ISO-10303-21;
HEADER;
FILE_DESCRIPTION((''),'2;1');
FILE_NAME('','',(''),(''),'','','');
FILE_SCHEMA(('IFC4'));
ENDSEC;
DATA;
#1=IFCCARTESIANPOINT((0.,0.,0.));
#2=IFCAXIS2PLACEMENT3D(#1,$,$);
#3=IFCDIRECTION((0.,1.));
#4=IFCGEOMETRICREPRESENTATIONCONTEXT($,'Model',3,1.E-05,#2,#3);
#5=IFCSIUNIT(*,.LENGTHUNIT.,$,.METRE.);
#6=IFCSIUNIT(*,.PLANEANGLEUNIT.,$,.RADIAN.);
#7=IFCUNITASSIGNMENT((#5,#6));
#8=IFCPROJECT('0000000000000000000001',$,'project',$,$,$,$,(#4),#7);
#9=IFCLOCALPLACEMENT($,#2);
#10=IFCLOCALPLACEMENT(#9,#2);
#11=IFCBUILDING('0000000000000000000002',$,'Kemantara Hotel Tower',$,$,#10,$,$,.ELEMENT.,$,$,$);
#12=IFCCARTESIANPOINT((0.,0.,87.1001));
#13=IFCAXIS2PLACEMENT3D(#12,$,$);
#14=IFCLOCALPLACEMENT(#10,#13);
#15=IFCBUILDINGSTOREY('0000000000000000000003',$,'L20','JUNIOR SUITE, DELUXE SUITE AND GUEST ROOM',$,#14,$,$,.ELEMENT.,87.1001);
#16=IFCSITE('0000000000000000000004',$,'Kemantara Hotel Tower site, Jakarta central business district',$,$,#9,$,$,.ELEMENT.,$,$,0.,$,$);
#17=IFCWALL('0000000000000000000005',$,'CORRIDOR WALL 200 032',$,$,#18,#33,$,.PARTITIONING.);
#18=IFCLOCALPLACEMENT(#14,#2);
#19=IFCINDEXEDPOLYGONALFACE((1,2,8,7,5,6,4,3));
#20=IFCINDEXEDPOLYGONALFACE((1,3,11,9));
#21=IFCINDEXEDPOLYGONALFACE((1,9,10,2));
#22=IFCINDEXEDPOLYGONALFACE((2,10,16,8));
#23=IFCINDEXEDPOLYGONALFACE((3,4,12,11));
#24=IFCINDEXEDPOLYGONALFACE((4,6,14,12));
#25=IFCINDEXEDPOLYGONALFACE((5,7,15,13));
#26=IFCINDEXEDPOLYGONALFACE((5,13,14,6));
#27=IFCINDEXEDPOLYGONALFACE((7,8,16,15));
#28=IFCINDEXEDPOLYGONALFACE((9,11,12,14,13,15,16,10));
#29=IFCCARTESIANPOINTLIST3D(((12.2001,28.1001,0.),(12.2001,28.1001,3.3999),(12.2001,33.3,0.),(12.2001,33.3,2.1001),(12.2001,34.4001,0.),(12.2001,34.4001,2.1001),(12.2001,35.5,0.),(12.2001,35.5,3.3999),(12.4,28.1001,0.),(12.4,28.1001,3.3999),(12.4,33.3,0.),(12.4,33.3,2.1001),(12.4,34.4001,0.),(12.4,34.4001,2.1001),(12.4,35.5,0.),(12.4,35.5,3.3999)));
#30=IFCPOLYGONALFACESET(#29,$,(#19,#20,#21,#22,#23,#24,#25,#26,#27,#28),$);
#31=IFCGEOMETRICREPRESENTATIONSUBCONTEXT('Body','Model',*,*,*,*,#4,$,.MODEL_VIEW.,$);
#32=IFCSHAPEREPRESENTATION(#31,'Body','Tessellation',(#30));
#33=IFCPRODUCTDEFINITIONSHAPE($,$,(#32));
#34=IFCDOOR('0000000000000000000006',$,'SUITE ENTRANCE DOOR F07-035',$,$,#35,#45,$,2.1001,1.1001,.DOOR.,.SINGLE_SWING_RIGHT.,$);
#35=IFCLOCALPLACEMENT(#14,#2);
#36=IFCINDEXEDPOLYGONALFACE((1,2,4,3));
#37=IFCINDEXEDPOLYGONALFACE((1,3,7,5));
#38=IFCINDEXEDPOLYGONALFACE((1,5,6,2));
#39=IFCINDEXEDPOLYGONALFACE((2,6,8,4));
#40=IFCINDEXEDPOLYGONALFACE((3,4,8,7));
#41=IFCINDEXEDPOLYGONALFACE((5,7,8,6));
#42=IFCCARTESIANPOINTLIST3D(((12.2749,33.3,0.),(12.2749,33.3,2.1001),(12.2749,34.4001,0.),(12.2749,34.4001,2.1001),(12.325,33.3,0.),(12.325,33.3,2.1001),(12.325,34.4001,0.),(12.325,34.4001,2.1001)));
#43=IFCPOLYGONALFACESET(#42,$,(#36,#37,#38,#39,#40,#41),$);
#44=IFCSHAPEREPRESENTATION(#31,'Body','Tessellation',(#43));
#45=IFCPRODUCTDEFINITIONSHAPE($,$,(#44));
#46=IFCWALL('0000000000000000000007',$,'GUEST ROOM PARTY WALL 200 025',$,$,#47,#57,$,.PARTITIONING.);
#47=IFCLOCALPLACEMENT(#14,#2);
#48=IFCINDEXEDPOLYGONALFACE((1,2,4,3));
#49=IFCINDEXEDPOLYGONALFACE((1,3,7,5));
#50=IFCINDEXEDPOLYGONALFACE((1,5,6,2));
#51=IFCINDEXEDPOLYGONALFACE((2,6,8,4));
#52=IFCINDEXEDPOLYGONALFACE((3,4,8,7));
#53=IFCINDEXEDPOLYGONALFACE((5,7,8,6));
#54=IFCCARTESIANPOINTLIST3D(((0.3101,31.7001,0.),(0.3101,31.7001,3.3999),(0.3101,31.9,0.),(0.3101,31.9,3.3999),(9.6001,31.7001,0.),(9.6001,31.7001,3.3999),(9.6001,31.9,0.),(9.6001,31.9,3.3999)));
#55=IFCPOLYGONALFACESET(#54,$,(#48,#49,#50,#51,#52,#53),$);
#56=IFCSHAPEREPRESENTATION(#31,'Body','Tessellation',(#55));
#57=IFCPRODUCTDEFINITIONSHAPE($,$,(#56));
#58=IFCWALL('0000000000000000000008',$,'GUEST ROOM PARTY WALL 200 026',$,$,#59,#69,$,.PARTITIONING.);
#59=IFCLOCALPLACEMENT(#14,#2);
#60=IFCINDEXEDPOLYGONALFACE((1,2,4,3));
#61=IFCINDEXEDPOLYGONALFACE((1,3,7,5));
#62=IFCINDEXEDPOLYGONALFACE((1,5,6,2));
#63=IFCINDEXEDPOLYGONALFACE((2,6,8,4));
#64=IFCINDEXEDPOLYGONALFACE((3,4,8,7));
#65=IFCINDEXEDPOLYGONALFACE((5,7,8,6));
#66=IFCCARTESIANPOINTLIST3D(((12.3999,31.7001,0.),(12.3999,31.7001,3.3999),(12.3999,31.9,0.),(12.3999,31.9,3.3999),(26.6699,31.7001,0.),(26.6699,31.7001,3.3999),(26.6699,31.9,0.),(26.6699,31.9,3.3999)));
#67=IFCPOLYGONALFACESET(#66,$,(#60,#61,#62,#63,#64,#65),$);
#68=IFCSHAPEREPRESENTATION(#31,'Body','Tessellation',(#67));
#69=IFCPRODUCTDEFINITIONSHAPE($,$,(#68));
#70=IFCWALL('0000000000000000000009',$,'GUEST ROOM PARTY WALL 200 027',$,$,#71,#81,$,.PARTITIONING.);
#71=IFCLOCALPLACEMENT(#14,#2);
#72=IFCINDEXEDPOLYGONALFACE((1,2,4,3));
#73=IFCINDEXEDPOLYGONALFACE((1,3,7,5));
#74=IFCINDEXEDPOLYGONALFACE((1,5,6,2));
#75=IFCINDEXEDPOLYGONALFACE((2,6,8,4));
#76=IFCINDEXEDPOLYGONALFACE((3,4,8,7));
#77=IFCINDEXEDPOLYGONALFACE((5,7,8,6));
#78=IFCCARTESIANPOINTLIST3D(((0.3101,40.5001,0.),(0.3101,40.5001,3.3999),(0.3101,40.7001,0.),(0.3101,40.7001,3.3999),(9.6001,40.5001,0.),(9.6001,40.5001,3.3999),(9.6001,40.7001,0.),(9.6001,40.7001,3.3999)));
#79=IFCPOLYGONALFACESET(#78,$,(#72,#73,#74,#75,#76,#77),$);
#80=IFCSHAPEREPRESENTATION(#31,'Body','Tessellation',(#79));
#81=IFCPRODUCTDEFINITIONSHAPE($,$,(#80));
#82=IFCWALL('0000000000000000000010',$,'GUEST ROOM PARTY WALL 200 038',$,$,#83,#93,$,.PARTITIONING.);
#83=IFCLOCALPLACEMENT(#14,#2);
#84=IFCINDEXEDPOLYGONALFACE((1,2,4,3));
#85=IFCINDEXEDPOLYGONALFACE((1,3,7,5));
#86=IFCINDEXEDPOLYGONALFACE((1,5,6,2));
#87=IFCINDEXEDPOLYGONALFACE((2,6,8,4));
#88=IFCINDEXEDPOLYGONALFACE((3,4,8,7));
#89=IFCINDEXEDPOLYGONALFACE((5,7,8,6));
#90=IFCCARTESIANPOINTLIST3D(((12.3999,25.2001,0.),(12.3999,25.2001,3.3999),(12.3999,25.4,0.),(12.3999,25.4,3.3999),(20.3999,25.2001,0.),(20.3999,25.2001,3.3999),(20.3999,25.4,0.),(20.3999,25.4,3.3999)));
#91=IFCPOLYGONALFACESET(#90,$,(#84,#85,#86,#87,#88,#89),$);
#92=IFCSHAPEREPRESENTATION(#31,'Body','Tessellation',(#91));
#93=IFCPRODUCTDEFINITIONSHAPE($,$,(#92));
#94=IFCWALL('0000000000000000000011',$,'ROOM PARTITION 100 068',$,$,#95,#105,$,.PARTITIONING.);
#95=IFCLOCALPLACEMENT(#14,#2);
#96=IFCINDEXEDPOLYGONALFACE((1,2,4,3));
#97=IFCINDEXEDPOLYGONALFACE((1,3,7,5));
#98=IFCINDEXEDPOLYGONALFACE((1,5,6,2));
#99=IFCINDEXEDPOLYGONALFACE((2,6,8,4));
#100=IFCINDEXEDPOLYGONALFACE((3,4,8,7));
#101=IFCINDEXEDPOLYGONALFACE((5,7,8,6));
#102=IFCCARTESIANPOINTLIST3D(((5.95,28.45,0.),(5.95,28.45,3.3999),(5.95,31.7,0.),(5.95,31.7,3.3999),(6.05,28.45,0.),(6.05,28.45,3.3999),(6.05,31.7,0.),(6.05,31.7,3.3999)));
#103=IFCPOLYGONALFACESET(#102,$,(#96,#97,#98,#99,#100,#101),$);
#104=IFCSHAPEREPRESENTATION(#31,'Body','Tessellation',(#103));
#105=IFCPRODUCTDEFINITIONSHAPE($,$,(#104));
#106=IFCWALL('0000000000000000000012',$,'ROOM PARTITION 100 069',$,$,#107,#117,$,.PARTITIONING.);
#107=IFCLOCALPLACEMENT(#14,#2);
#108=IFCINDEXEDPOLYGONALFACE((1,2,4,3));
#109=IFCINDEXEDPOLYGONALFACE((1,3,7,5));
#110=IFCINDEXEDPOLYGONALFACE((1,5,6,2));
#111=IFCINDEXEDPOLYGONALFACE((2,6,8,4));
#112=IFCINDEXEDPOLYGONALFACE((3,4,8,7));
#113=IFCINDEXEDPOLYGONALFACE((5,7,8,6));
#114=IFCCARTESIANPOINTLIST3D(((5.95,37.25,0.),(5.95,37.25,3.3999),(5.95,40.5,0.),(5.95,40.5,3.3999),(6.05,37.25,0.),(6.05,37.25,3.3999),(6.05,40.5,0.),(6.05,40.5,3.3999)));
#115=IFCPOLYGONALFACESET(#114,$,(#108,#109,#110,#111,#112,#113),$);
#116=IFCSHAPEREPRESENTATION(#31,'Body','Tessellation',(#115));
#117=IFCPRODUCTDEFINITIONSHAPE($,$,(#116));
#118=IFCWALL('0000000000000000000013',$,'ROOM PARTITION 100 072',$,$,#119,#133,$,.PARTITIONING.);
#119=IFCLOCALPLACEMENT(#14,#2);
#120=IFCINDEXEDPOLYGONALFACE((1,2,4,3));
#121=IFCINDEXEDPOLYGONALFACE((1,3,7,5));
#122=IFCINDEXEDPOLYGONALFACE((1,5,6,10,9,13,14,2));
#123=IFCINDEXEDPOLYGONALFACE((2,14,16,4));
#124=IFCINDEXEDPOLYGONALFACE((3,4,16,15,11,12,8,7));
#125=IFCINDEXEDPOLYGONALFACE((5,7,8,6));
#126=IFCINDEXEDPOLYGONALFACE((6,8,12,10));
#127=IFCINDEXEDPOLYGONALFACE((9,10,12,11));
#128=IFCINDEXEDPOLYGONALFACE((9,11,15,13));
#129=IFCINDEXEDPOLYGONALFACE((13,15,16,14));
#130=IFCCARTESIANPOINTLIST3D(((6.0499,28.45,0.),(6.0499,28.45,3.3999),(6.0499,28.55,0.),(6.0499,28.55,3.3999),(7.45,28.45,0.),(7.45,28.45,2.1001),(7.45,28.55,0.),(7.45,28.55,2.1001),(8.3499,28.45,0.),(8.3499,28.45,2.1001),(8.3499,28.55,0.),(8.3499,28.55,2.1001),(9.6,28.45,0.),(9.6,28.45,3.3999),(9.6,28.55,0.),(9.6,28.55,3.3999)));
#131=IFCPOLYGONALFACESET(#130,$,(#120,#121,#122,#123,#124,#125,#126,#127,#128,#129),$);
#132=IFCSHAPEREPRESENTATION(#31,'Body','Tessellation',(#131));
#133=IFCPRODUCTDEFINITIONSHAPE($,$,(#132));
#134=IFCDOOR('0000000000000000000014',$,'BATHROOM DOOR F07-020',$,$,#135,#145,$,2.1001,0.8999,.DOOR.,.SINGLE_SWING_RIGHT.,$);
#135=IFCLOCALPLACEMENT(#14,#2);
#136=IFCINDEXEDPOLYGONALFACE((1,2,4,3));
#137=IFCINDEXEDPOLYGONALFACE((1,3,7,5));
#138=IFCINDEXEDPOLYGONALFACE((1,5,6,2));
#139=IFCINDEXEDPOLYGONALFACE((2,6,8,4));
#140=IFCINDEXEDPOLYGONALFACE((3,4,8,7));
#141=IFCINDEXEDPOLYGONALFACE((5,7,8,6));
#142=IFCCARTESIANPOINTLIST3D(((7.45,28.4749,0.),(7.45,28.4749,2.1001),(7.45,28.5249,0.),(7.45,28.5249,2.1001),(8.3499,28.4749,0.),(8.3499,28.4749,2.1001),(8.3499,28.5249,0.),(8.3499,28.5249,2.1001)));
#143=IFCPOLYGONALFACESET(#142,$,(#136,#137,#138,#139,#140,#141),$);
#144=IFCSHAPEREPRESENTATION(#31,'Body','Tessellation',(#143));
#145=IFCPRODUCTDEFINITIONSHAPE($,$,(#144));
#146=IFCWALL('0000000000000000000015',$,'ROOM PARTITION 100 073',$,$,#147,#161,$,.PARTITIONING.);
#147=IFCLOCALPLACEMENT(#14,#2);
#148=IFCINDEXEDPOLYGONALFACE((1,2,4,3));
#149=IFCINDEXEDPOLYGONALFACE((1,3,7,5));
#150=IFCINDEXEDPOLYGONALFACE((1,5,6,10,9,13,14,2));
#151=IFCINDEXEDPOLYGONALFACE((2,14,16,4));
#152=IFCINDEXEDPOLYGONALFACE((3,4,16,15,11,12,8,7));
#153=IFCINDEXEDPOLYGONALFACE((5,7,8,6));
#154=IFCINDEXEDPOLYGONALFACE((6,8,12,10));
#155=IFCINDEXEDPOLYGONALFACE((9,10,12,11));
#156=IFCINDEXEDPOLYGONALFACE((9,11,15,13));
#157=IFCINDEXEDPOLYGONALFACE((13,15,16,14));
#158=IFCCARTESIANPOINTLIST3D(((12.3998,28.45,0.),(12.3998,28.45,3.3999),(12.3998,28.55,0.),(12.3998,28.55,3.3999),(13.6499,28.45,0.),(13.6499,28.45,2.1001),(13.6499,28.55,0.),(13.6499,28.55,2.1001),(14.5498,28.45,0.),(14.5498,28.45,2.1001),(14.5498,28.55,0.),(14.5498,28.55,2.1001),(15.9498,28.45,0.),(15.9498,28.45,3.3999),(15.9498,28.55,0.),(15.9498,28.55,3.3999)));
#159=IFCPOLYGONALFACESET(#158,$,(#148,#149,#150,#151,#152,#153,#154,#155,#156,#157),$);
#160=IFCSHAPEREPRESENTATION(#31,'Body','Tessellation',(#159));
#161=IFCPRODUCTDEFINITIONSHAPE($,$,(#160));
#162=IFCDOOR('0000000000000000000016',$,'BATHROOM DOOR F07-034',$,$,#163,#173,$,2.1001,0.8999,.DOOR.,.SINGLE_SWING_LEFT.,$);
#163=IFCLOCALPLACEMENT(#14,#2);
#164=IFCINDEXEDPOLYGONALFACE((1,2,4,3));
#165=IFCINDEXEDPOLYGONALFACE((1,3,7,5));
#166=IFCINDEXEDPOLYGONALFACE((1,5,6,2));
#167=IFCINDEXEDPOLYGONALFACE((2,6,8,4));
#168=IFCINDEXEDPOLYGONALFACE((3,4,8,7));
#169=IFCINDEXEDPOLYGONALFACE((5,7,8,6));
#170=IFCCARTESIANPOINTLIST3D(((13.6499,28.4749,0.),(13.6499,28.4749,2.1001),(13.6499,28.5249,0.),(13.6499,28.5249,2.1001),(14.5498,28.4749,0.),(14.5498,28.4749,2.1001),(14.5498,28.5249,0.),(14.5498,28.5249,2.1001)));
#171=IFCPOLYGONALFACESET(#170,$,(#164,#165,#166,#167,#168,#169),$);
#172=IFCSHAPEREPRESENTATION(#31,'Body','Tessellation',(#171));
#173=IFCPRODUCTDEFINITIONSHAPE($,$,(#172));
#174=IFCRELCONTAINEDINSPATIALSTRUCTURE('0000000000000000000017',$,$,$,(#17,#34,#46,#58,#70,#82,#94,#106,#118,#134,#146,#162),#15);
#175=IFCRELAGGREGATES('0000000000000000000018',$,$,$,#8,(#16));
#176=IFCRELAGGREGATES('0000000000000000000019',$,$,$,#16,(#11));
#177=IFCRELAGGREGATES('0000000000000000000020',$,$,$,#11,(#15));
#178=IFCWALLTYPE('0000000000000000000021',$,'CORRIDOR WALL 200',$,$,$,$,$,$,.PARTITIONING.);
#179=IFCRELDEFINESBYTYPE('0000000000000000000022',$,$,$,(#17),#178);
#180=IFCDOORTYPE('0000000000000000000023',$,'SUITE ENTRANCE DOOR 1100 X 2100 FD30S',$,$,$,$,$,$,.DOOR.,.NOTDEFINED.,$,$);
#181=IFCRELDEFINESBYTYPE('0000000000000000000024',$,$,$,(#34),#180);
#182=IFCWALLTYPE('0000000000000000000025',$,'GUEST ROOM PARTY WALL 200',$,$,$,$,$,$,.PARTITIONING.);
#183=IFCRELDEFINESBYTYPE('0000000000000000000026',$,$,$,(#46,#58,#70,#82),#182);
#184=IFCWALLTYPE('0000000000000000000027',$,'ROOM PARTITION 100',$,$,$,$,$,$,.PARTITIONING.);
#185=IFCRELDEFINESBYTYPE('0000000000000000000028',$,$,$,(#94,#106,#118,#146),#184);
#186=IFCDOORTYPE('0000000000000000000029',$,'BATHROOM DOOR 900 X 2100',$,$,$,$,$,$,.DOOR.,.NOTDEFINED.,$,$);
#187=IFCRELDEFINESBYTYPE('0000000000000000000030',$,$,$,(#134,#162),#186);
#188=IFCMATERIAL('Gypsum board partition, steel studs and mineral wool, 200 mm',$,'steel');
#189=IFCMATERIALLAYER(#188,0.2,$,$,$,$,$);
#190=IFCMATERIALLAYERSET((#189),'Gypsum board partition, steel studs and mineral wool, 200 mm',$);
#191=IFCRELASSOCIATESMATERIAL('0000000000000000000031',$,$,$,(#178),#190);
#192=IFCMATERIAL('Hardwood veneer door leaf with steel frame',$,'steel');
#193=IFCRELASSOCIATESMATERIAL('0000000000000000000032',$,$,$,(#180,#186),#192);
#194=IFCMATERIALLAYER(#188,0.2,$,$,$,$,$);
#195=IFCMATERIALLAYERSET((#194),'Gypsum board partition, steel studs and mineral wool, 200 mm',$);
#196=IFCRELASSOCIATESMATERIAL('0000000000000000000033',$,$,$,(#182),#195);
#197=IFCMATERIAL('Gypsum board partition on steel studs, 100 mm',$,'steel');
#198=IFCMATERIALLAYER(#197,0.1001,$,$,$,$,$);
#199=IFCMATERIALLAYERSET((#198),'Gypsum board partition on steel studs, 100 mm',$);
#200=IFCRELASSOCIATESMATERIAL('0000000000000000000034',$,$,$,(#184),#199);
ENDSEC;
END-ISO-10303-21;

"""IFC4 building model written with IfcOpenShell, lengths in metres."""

from ifc_helpers import new_model, si_unit, direction, frame, frame_2d, origin, place, context, subcontext, project, spatial, rectangle, extrude, material, layer, layer_set, type_object, element, fill, save


model = new_model("IFC4")

# Units and contexts
model_context = context("Model", 3, precision=1e-05, world=origin(), true_north=direction((0.0, 1.0)))
body_context = subcontext(model_context, "Body", "Model", "MODEL_VIEW")
ifc_project = project(units=[si_unit("LENGTHUNIT", "METRE"), si_unit("PLANEANGLEUNIT", "RADIAN")], contexts=[model_context])

# Site, building, storey
site_placement = place(None, origin())
site = spatial("IfcSite", under=ifc_project, at=site_placement, Name="Kemantara Hotel Tower site, Jakarta central business district", CompositionType="ELEMENT", RefElevation=0.0)
building_placement = place(site_placement, origin())
building = spatial("IfcBuilding", under=site, at=building_placement, Name="Kemantara Hotel Tower", CompositionType="ELEMENT")
storey_placement = place(building_placement, frame((0.0, 0.0, 87.1001)))
storey = spatial("IfcBuildingStorey", under=building, at=storey_placement, Name="L20", Description="JUNIOR SUITE, DELUXE SUITE AND GUEST ROOM", CompositionType="ELEMENT", Elevation=87.1001)

# Wall, opening, door
ifc_material_1 = material(Name="Gypsum board partition, steel studs and mineral wool, 200 mm", Category="steel")
ifc_layer_1 = layer(ifc_material_1, 0.2)
ifc_layer_set_1 = layer_set([ifc_layer_1], Name="Gypsum board partition, steel studs and mineral wool, 200 mm")
wall_type_1 = type_object("IfcWallType", Name="CORRIDOR WALL 200", PredefinedType="PARTITIONING", material=ifc_layer_set_1)
ifc_material_2 = material(Name="Hardwood veneer door leaf with steel frame", Category="steel")
door_type_1 = type_object("IfcDoorType", Name="SUITE ENTRANCE DOOR 1100 X 2100 FD30S", OperationType="NOTDEFINED", PredefinedType="DOOR", material=ifc_material_2)
wall_1_placement = place(storey_placement, frame((12.3, 35.5, 0.0), z_axis=(0.0, 0.0, 1.0), x_axis=(0.0, -1.0, 0.0)))
wall_1 = element("IfcWall", 1, at=wall_1_placement, inside=storey, type_object=wall_type_1, Name="CORRIDOR WALL 200 032", PredefinedType="PARTITIONING", context=body_context, shape_type="SweptSolid", body=[
    extrude(rectangle(XDim=7.3999, YDim=0.2, at=frame_2d((3.7, 0.0))), origin(), (0.0, 0.0, 1.0), 3.3999),
])
opening_1_placement = place(wall_1_placement, frame((1.0999, 0.0, 0.0)))
opening_1 = element("IfcOpeningElement", 2, at=opening_1_placement, cuts=wall_1, PredefinedType="OPENING", context=body_context, shape_type="SweptSolid", body=[
    extrude(rectangle(XDim=1.1001, YDim=2.1001, at=frame_2d((0.55, 1.05))), frame((0.0, 0.1099, 0.0), z_axis=(0.0, -1.0, 0.0), x_axis=(1.0, 0.0, 0.0)), (0.0, 0.0, 1.0), 0.22),
])
door_1_placement = place(opening_1_placement, origin())
door_1 = element("IfcDoor", 3, at=door_1_placement, inside=storey, type_object=door_type_1, Name="SUITE ENTRANCE DOOR F07-035", OperationType="SINGLE_SWING_RIGHT", OverallHeight=2.1001, OverallWidth=1.1001, PredefinedType="DOOR", context=body_context, shape_type="SweptSolid", body=[
    extrude(rectangle(XDim=1.1001, YDim=2.1001, at=frame_2d((0.55, 1.05))), frame((0.0, 0.0249, 0.0), z_axis=(0.0, -1.0, 0.0), x_axis=(1.0, 0.0, 0.0)), (0.0, 0.0, 1.0), 0.05),
])
fill(opening_1, door_1)

# Walls
ifc_layer_2 = layer(ifc_material_1, 0.2)
ifc_layer_set_2 = layer_set([ifc_layer_2], Name="Gypsum board partition, steel studs and mineral wool, 200 mm")
wall_type_2 = type_object("IfcWallType", Name="GUEST ROOM PARTY WALL 200", PredefinedType="PARTITIONING", material=ifc_layer_set_2)
wall_2_placement = place(storey_placement, frame((0.3101, 31.8, 0.0), z_axis=(0.0, 0.0, 1.0), x_axis=(1.0, 0.0, 0.0)))
element("IfcWall", 4, at=wall_2_placement, inside=storey, type_object=wall_type_2, Name="GUEST ROOM PARTY WALL 200 025", PredefinedType="PARTITIONING", context=body_context, shape_type="SweptSolid", body=[
    extrude(rectangle(XDim=9.29, YDim=0.2, at=frame_2d((4.645, 0.0))), origin(), (0.0, 0.0, 1.0), 3.3999),
])
wall_3_placement = place(storey_placement, frame((12.3999, 31.8, 0.0), z_axis=(0.0, 0.0, 1.0), x_axis=(1.0, 0.0, 0.0)))
element("IfcWall", 5, at=wall_3_placement, inside=storey, type_object=wall_type_2, Name="GUEST ROOM PARTY WALL 200 026", PredefinedType="PARTITIONING", context=body_context, shape_type="SweptSolid", body=[
    extrude(rectangle(XDim=14.27, YDim=0.2, at=frame_2d((7.135, 0.0))), origin(), (0.0, 0.0, 1.0), 3.3999),
])
wall_4_placement = place(storey_placement, frame((0.3101, 40.6001, 0.0), z_axis=(0.0, 0.0, 1.0), x_axis=(1.0, 0.0, 0.0)))
element("IfcWall", 6, at=wall_4_placement, inside=storey, type_object=wall_type_2, Name="GUEST ROOM PARTY WALL 200 027", PredefinedType="PARTITIONING", context=body_context, shape_type="SweptSolid", body=[
    extrude(rectangle(XDim=9.29, YDim=0.2, at=frame_2d((4.645, 0.0))), origin(), (0.0, 0.0, 1.0), 3.3999),
])
wall_5_placement = place(storey_placement, frame((12.3999, 25.3, 0.0), z_axis=(0.0, 0.0, 1.0), x_axis=(1.0, 0.0, 0.0)))
element("IfcWall", 7, at=wall_5_placement, inside=storey, type_object=wall_type_2, Name="GUEST ROOM PARTY WALL 200 038", PredefinedType="PARTITIONING", context=body_context, shape_type="SweptSolid", body=[
    extrude(rectangle(XDim=8.0, YDim=0.2, at=frame_2d((4.0, 0.0))), origin(), (0.0, 0.0, 1.0), 3.3999),
])
ifc_material_3 = material(Name="Gypsum board partition on steel studs, 100 mm", Category="steel")
ifc_layer_3 = layer(ifc_material_3, 0.1001)
ifc_layer_set_3 = layer_set([ifc_layer_3], Name="Gypsum board partition on steel studs, 100 mm")
wall_type_3 = type_object("IfcWallType", Name="ROOM PARTITION 100", PredefinedType="PARTITIONING", material=ifc_layer_set_3)
for number, where, z_axis, x_axis, name in (
    (8, (6.0, 28.45, 0.0), (0.0, 0.0, 1.0), (0.0, 1.0, 0.0), "ROOM PARTITION 100 068"),
    (9, (6.0, 37.25, 0.0), (0.0, 0.0, 1.0), (0.0, 1.0, 0.0), "ROOM PARTITION 100 069"),
):
    element("IfcWall", number, at=place(storey_placement, frame(where, z_axis=z_axis, x_axis=x_axis)), inside=storey, type_object=wall_type_3, Name=name, PredefinedType="PARTITIONING", context=body_context, shape_type="SweptSolid", body=[
        extrude(rectangle(XDim=3.25, YDim=0.1001, at=frame_2d((1.625, 0.0))), origin(), (0.0, 0.0, 1.0), 3.3999),
    ])

# Walls, openings, doors
wall_6_placement = place(storey_placement, frame((6.05, 28.5, 0.0), z_axis=(0.0, 0.0, 1.0), x_axis=(1.0, 0.0, 0.0)))
wall_6 = element("IfcWall", 10, at=wall_6_placement, inside=storey, type_object=wall_type_3, Name="ROOM PARTITION 100 072", PredefinedType="PARTITIONING", context=body_context, shape_type="SweptSolid", body=[
    extrude(rectangle(XDim=3.55, YDim=0.1001, at=frame_2d((1.7749, 0.0))), origin(), (0.0, 0.0, 1.0), 3.3999),
])
opening_2_placement = place(wall_6_placement, frame((1.3999, 0.0, 0.0)))
opening_2 = element("IfcOpeningElement", 11, at=opening_2_placement, cuts=wall_6, PredefinedType="OPENING", context=body_context, shape_type="SweptSolid", body=[
    extrude(rectangle(XDim=0.8999, YDim=2.1001, at=frame_2d((0.45, 1.05))), frame((0.0, 0.0601, 0.0), z_axis=(0.0, -1.0, 0.0), x_axis=(1.0, 0.0, 0.0)), (0.0, 0.0, 1.0), 0.1201),
])
door_type_2 = type_object("IfcDoorType", Name="BATHROOM DOOR 900 X 2100", OperationType="NOTDEFINED", PredefinedType="DOOR", material=ifc_material_2)
door_2_placement = place(opening_2_placement, origin())
door_2 = element("IfcDoor", 12, at=door_2_placement, inside=storey, type_object=door_type_2, Name="BATHROOM DOOR F07-020", OperationType="SINGLE_SWING_RIGHT", OverallHeight=2.1001, OverallWidth=0.8999, PredefinedType="DOOR", context=body_context, shape_type="SweptSolid", body=[
    extrude(rectangle(XDim=0.8999, YDim=2.1001, at=frame_2d((0.45, 1.05))), frame((0.0, 0.0249, 0.0), z_axis=(0.0, -1.0, 0.0), x_axis=(1.0, 0.0, 0.0)), (0.0, 0.0, 1.0), 0.05),
])
fill(opening_2, door_2)
wall_7_placement = place(storey_placement, frame((12.3999, 28.5, 0.0), z_axis=(0.0, 0.0, 1.0), x_axis=(1.0, 0.0, 0.0)))
wall_7 = element("IfcWall", 13, at=wall_7_placement, inside=storey, type_object=wall_type_3, Name="ROOM PARTITION 100 073", PredefinedType="PARTITIONING", context=body_context, shape_type="SweptSolid", body=[
    extrude(rectangle(XDim=3.55, YDim=0.1001, at=frame_2d((1.7749, 0.0))), origin(), (0.0, 0.0, 1.0), 3.3999),
])
opening_3_placement = place(wall_7_placement, frame((1.25, 0.0, 0.0)))
opening_3 = element("IfcOpeningElement", 14, at=opening_3_placement, cuts=wall_7, PredefinedType="OPENING", context=body_context, shape_type="SweptSolid", body=[
    extrude(rectangle(XDim=0.8999, YDim=2.1001, at=frame_2d((0.45, 1.05))), frame((0.0, 0.0601, 0.0), z_axis=(0.0, -1.0, 0.0), x_axis=(1.0, 0.0, 0.0)), (0.0, 0.0, 1.0), 0.1201),
])
door_3_placement = place(opening_3_placement, origin())
door_3 = element("IfcDoor", 15, at=door_3_placement, inside=storey, type_object=door_type_2, Name="BATHROOM DOOR F07-034", OperationType="SINGLE_SWING_LEFT", OverallHeight=2.1001, OverallWidth=0.8999, PredefinedType="DOOR", context=body_context, shape_type="SweptSolid", body=[
    extrude(rectangle(XDim=0.8999, YDim=2.1001, at=frame_2d((0.45, 1.05))), frame((0.0, 0.0249, 0.0), z_axis=(0.0, -1.0, 0.0), x_axis=(1.0, 0.0, 0.0)), (0.0, 0.0, 1.0), 0.05),
])
fill(opening_3, door_3)

save(model, "model.ifc")
